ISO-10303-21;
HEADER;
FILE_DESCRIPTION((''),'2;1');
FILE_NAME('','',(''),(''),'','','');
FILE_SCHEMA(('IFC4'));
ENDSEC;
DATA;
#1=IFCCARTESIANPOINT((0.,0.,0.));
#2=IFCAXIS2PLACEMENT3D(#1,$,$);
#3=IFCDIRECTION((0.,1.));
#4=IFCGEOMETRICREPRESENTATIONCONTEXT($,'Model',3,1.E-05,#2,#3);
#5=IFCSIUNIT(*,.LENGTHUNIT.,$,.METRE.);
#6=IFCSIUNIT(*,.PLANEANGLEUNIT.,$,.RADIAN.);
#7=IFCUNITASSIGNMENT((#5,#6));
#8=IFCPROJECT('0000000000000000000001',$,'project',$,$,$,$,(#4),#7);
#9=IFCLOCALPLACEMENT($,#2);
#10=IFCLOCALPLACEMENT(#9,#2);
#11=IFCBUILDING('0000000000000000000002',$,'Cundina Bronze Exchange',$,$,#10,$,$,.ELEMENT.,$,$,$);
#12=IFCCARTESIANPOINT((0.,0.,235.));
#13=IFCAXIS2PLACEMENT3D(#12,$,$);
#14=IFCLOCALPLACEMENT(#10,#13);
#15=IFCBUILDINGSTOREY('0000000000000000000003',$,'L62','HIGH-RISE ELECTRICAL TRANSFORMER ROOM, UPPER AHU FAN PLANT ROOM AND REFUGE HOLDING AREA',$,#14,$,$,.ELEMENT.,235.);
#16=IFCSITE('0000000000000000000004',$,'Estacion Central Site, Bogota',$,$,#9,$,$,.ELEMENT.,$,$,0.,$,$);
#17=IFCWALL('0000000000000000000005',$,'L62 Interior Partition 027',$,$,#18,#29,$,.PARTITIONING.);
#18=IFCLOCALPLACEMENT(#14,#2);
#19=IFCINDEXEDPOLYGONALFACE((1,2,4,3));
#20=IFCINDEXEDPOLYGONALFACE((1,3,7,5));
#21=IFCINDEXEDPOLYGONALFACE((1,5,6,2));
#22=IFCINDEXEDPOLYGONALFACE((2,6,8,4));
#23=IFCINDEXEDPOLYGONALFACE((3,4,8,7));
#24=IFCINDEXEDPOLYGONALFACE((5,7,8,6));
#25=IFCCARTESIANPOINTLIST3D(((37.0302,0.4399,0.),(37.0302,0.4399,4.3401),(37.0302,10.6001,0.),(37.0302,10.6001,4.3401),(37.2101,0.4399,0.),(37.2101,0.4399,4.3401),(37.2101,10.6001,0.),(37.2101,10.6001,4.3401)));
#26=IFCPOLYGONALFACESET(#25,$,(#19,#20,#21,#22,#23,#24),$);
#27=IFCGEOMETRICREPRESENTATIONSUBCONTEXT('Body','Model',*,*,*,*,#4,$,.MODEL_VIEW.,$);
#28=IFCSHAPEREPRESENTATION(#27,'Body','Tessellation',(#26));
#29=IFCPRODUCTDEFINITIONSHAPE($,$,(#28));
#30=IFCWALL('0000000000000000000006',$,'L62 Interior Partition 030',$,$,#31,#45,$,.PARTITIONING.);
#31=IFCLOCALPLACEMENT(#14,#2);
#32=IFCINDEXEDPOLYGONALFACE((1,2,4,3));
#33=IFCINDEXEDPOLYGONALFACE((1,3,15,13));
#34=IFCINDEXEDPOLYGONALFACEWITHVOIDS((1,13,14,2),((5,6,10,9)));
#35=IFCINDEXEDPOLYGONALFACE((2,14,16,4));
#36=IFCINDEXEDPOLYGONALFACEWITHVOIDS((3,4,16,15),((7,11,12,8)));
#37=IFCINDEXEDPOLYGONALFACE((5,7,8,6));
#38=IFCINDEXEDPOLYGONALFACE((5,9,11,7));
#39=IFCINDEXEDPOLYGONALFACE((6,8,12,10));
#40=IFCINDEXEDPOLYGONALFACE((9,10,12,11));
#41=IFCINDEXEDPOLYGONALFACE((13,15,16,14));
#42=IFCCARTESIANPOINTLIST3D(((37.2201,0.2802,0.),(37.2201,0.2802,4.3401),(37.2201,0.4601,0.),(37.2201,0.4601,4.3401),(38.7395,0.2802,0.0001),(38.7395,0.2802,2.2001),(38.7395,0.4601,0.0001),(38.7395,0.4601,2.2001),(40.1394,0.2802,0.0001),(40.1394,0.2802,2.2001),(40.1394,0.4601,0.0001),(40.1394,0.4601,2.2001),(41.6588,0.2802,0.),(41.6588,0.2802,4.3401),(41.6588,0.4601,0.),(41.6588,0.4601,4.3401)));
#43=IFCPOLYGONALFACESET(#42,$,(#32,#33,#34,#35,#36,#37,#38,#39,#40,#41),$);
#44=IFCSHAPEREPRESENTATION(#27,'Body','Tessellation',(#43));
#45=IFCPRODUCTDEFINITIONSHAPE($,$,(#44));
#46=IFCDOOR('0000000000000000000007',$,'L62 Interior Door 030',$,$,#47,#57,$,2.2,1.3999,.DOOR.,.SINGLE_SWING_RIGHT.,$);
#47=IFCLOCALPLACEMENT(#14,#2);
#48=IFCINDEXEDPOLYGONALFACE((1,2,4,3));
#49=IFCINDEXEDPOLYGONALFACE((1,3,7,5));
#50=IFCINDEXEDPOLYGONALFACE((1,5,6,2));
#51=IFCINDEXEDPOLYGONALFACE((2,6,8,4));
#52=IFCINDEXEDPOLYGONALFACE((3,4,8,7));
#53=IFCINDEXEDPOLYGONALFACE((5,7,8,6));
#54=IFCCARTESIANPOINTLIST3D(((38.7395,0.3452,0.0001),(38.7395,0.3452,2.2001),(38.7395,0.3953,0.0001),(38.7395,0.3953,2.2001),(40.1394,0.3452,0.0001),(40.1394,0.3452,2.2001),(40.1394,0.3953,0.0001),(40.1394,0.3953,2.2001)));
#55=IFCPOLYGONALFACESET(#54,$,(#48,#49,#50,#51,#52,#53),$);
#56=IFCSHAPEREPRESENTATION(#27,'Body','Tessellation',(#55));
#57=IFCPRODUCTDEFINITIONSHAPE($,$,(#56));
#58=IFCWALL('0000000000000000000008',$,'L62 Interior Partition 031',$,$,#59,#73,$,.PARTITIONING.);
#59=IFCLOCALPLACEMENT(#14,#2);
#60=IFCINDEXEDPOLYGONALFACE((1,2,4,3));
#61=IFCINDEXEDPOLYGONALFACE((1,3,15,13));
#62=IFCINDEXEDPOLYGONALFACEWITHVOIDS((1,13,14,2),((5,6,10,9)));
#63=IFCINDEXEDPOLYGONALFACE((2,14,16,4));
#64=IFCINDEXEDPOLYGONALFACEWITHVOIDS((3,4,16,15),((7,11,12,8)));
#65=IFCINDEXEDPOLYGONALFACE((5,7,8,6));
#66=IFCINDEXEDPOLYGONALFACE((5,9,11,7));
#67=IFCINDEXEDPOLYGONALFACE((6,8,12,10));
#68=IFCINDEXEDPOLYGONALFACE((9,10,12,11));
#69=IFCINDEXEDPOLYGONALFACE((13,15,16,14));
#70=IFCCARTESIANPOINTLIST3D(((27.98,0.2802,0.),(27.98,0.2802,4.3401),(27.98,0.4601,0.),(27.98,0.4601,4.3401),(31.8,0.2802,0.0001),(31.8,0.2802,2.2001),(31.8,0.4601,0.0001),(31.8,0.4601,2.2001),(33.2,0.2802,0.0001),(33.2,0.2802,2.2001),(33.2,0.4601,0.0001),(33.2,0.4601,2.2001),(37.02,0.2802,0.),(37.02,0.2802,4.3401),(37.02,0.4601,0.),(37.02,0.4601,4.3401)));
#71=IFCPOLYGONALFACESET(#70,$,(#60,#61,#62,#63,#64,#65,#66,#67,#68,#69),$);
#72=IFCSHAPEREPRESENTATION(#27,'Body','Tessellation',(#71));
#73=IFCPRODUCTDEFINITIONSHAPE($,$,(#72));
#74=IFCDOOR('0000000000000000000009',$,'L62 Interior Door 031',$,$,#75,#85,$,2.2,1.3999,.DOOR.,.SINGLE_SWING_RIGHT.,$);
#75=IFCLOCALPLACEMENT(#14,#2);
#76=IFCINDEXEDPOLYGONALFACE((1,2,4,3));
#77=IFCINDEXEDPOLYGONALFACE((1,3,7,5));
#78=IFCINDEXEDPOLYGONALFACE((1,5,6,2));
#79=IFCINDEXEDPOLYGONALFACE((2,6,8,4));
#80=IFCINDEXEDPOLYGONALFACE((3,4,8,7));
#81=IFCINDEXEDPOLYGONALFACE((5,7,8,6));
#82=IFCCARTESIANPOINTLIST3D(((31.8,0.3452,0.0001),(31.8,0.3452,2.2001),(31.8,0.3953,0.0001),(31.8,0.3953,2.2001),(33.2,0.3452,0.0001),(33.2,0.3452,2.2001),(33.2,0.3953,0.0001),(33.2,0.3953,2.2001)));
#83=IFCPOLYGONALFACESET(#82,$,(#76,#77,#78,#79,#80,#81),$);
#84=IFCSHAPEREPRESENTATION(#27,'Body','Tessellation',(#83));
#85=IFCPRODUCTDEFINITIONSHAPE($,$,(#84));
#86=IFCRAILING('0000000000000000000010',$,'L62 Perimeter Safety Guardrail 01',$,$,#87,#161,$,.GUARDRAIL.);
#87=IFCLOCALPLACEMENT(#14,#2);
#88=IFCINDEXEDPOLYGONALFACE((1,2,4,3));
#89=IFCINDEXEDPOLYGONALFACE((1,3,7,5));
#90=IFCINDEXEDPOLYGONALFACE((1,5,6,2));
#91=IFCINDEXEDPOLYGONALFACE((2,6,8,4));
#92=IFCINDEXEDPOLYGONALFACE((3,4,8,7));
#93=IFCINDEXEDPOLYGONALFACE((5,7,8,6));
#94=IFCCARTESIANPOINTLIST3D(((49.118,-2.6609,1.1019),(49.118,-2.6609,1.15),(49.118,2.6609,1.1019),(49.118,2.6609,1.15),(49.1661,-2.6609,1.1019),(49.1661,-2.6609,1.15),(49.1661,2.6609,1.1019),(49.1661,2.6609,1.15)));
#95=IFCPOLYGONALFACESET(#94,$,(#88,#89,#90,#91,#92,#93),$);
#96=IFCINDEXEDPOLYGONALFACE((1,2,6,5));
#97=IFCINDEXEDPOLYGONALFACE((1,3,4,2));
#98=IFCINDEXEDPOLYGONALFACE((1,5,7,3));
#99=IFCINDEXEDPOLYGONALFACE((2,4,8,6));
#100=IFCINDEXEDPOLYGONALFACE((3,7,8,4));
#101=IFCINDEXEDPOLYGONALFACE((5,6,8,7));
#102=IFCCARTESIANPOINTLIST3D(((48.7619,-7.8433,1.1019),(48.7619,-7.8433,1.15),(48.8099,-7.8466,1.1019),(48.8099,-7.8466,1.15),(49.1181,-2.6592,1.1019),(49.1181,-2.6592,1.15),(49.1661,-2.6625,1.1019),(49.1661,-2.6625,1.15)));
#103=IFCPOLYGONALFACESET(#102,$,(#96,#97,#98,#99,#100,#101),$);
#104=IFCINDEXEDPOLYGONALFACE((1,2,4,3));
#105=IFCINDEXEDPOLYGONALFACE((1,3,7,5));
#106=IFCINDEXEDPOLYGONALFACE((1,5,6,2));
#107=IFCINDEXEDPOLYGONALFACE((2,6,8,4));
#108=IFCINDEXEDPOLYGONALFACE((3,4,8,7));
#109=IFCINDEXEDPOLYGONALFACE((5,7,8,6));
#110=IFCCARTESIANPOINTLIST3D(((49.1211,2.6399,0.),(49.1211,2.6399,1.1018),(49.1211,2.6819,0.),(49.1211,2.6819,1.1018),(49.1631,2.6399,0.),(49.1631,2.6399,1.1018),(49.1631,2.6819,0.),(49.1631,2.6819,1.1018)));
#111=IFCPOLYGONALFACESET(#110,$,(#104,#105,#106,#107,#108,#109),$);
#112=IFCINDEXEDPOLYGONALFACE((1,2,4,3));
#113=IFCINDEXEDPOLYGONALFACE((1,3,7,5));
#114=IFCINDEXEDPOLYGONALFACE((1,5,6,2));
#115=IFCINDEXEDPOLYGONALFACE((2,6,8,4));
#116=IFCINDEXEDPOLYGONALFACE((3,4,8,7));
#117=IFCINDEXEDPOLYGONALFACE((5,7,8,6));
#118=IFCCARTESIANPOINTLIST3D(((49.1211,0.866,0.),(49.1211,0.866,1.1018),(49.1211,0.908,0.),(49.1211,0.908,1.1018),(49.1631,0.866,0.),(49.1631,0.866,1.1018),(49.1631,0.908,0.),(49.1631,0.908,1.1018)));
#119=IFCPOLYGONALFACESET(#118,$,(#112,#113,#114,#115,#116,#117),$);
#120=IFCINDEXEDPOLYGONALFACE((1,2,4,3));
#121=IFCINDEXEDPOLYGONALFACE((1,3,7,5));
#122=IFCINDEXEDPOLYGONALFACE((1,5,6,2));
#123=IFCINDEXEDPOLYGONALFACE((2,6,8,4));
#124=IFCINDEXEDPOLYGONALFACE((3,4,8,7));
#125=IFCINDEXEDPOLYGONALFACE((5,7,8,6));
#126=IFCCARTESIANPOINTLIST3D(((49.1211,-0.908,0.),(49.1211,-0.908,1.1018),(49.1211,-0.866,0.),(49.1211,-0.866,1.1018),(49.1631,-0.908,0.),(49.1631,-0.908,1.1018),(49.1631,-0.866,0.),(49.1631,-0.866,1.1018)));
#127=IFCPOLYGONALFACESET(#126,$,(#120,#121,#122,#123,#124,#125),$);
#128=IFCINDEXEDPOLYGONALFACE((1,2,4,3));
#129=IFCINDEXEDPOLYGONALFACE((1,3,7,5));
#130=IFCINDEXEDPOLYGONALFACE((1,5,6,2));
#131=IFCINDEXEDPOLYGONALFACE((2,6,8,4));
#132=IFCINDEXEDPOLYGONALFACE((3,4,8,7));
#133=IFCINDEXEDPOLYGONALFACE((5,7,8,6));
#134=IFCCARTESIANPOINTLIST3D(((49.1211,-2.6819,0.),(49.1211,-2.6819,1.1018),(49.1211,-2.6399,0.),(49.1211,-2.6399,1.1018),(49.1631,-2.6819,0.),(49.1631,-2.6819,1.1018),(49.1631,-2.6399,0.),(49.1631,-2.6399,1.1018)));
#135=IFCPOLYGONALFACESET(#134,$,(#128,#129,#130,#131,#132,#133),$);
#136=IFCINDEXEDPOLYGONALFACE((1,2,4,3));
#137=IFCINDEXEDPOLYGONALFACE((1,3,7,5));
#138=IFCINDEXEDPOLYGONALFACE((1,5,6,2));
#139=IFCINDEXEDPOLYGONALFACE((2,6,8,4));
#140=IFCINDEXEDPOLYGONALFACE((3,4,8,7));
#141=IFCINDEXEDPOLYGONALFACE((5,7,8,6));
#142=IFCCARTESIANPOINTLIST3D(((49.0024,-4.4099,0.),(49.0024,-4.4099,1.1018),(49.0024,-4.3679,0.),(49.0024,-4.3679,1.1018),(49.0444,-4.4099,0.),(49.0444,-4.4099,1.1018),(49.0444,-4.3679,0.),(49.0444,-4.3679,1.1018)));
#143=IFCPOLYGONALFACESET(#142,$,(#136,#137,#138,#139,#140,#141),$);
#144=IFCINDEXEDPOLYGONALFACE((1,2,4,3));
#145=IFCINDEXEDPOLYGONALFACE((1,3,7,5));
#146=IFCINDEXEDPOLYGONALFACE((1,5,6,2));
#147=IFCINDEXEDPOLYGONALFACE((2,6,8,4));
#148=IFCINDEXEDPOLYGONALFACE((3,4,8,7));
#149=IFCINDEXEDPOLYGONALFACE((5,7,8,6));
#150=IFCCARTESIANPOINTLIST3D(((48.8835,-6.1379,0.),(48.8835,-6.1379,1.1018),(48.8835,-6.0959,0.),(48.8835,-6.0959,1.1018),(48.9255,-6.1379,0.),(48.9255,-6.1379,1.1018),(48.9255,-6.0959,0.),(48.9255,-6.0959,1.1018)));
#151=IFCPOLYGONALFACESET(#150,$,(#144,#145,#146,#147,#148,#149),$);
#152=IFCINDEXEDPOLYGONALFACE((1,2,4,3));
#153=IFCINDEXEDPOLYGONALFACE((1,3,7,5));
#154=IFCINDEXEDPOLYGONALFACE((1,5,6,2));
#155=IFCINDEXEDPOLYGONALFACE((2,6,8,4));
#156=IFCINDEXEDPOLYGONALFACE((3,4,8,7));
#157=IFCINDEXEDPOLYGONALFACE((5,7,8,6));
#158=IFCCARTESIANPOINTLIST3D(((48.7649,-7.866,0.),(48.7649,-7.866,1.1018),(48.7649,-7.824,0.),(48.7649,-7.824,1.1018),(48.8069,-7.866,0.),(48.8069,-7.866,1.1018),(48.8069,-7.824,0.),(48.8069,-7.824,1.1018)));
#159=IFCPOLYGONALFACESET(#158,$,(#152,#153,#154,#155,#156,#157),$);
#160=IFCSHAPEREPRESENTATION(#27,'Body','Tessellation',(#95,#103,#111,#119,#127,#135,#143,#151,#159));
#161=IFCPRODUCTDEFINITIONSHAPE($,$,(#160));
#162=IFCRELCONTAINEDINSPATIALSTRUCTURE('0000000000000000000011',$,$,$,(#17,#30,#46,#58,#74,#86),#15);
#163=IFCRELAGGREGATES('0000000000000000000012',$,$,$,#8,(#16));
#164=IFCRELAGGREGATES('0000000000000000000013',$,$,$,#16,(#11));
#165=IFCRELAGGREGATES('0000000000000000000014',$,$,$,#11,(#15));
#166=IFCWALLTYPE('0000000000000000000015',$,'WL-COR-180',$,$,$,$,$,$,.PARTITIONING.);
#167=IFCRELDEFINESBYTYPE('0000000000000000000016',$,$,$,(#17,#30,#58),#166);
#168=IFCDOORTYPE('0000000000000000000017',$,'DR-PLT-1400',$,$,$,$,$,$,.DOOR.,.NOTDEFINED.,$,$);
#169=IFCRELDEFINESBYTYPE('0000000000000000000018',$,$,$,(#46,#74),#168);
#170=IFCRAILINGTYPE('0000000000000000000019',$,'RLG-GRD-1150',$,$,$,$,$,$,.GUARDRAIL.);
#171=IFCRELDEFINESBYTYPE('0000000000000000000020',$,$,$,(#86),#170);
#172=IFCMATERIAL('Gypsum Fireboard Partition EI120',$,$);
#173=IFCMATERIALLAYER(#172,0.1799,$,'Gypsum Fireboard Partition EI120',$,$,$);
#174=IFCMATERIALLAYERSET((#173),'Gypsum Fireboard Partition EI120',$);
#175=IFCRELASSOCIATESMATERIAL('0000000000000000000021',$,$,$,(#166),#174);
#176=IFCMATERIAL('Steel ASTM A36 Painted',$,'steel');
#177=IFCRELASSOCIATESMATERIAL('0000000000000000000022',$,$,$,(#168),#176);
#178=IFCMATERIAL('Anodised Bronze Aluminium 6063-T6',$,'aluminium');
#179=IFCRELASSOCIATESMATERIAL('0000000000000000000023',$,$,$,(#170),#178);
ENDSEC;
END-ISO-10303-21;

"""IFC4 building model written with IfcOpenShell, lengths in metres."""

from ifc_helpers import new_model, si_unit, direction, frame, frame_2d, origin, origin_2d, place, context, subcontext, project, spatial, rectangle, extrude, material, layer, layer_set, type_object, element, fill, save


model = new_model("IFC4")

# Units and contexts
model_context = context("Model", 3, precision=1e-05, world=origin(), true_north=direction((0.0, 1.0)))
body_context = subcontext(model_context, "Body", "Model", "MODEL_VIEW")
ifc_project = project(units=[si_unit("LENGTHUNIT", "METRE"), si_unit("PLANEANGLEUNIT", "RADIAN")], contexts=[model_context])

# Site, building, storey
site_placement = place(None, origin())
site = spatial("IfcSite", under=ifc_project, at=site_placement, Name="Estacion Central Site, Bogota", CompositionType="ELEMENT", RefElevation=0.0)
building_placement = place(site_placement, origin())
building = spatial("IfcBuilding", under=site, at=building_placement, Name="Cundina Bronze Exchange", CompositionType="ELEMENT")
storey_placement = place(building_placement, frame((0.0, 0.0, 235.0)))
storey = spatial("IfcBuildingStorey", under=building, at=storey_placement, Name="L62", Description="HIGH-RISE ELECTRICAL TRANSFORMER ROOM, UPPER AHU FAN PLANT ROOM AND REFUGE HOLDING AREA", CompositionType="ELEMENT", Elevation=235.0)

# Wall
ifc_material_1 = material(Name="Gypsum Fireboard Partition EI120")
ifc_layer_1 = layer(ifc_material_1, 0.1799, Name="Gypsum Fireboard Partition EI120")
ifc_layer_set_1 = layer_set([ifc_layer_1], Name="Gypsum Fireboard Partition EI120")
wall_type = type_object("IfcWallType", Name="WL-COR-180", PredefinedType="PARTITIONING", material=ifc_layer_set_1)
wall_1_placement = place(storey_placement, frame((37.1201, 0.4399, 0.0), z_axis=(0.0, 0.0, 1.0), x_axis=(0.0, 1.0, 0.0)))
element("IfcWall", 1, at=wall_1_placement, inside=storey, type_object=wall_type, Name="L62 Interior Partition 027", PredefinedType="PARTITIONING", context=body_context, shape_type="SweptSolid", body=[
    extrude(rectangle(XDim=10.1602, YDim=0.1799, at=frame_2d((5.0801, 0.0))), origin(), (0.0, 0.0, 1.0), 4.3401),
])

# Walls, openings, doors
wall_2_placement = place(storey_placement, frame((41.6587, 0.3701, 0.0), z_axis=(0.0, 0.0, 1.0), x_axis=(-1.0, 0.0, 0.0)))
wall_2 = element("IfcWall", 2, at=wall_2_placement, inside=storey, type_object=wall_type, Name="L62 Interior Partition 030", PredefinedType="PARTITIONING", context=body_context, shape_type="SweptSolid", body=[
    extrude(rectangle(XDim=4.4387, YDim=0.1799, at=frame_2d((2.2192, 0.0))), origin(), (0.0, 0.0, 1.0), 4.3401),
])
opening_1_placement = place(wall_2_placement, frame((1.5193, 0.0, 0.0)))
opening_1 = element("IfcOpeningElement", 3, at=opening_1_placement, cuts=wall_2, PredefinedType="OPENING", context=body_context, shape_type="SweptSolid", body=[
    extrude(rectangle(XDim=1.3999, YDim=2.2, at=frame_2d((0.7, 1.1001))), frame((0.0, 0.0999, 0.0), z_axis=(0.0, -1.0, 0.0), x_axis=(1.0, 0.0, 0.0)), (0.0, 0.0, 1.0), 0.2),
])
ifc_material_2 = material(Name="Steel ASTM A36 Painted", Category="steel")
door_type = type_object("IfcDoorType", Name="DR-PLT-1400", OperationType="NOTDEFINED", PredefinedType="DOOR", material=ifc_material_2)
door_1_placement = place(opening_1_placement, origin())
door_1 = element("IfcDoor", 4, at=door_1_placement, inside=storey, type_object=door_type, Name="L62 Interior Door 030", OperationType="SINGLE_SWING_RIGHT", OverallHeight=2.2, OverallWidth=1.3999, PredefinedType="DOOR", context=body_context, shape_type="SweptSolid", body=[
    extrude(rectangle(XDim=1.3999, YDim=2.2, at=frame_2d((0.7, 1.1001))), frame((0.0, 0.0249, 0.0), z_axis=(0.0, -1.0, 0.0), x_axis=(1.0, 0.0, 0.0)), (0.0, 0.0, 1.0), 0.05),
])
fill(opening_1, door_1)
wall_3_placement = place(storey_placement, frame((37.02, 0.3701, 0.0), z_axis=(0.0, 0.0, 1.0), x_axis=(-1.0, 0.0, 0.0)))
wall_3 = element("IfcWall", 5, at=wall_3_placement, inside=storey, type_object=wall_type, Name="L62 Interior Partition 031", PredefinedType="PARTITIONING", context=body_context, shape_type="SweptSolid", body=[
    extrude(rectangle(XDim=9.04, YDim=0.1799, at=frame_2d((4.52, 0.0))), origin(), (0.0, 0.0, 1.0), 4.3401),
])
opening_2_placement = place(wall_3_placement, frame((3.8201, 0.0, 0.0)))
opening_2 = element("IfcOpeningElement", 6, at=opening_2_placement, cuts=wall_3, PredefinedType="OPENING", context=body_context, shape_type="SweptSolid", body=[
    extrude(rectangle(XDim=1.3999, YDim=2.2, at=frame_2d((0.7, 1.1001))), frame((0.0, 0.0999, 0.0), z_axis=(0.0, -1.0, 0.0), x_axis=(1.0, 0.0, 0.0)), (0.0, 0.0, 1.0), 0.2),
])
door_2_placement = place(opening_2_placement, origin())
door_2 = element("IfcDoor", 7, at=door_2_placement, inside=storey, type_object=door_type, Name="L62 Interior Door 031", OperationType="SINGLE_SWING_RIGHT", OverallHeight=2.2, OverallWidth=1.3999, PredefinedType="DOOR", context=body_context, shape_type="SweptSolid", body=[
    extrude(rectangle(XDim=1.3999, YDim=2.2, at=frame_2d((0.7, 1.1001))), frame((0.0, 0.0249, 0.0), z_axis=(0.0, -1.0, 0.0), x_axis=(1.0, 0.0, 0.0)), (0.0, 0.0, 1.0), 0.05),
])
fill(opening_2, door_2)

# Railing
ifc_material_3 = material(Name="Anodised Bronze Aluminium 6063-T6", Category="aluminium")
railing_type = type_object("IfcRailingType", Name="RLG-GRD-1150", PredefinedType="GUARDRAIL", material=ifc_material_3)
railing_placement = place(storey_placement, frame((49.1421, 2.6609, 0.0)))
element("IfcRailing", 8, at=railing_placement, inside=storey, type_object=railing_type, Name="L62 Perimeter Safety Guardrail 01", PredefinedType="GUARDRAIL", context=body_context, shape_type="SweptSolid", body=[
    extrude(rectangle(XDim=0.0481, YDim=0.0481, at=origin_2d()), frame((0.0, 0.0, 1.126), z_axis=(0.0, -1.0, 0.0), x_axis=(1.0, 0.0, 0.0)), (0.0, 0.0, 1.0), 5.3218),
    extrude(rectangle(XDim=0.0481, YDim=0.0481, at=origin_2d()), frame((0.0, -5.3218, 1.126), z_axis=(-0.068549, -0.997648, 0.0), x_axis=(0.997648, -0.068549, 0.0)), (0.0, 0.0, 1.0), 5.1963),
    extrude(rectangle(XDim=0.042, YDim=0.042, at=origin_2d()), origin(), (0.0, 0.0, 1.0), 1.1018),
    extrude(rectangle(XDim=0.042, YDim=0.042, at=origin_2d()), frame((0.0, -1.7739, 0.0)), (0.0, 0.0, 1.0), 1.1018),
    extrude(rectangle(XDim=0.042, YDim=0.042, at=origin_2d()), frame((0.0, -3.5479, 0.0)), (0.0, 0.0, 1.0), 1.1018),
    extrude(rectangle(XDim=0.042, YDim=0.042, at=origin_2d()), frame((0.0, -5.3218, 0.0)), (0.0, 0.0, 1.0), 1.1018),
    extrude(rectangle(XDim=0.042, YDim=0.042, at=origin_2d()), frame((-0.1187, -7.0498, 0.0)), (0.0, 0.0, 1.0), 1.1018),
    extrude(rectangle(XDim=0.042, YDim=0.042, at=origin_2d()), frame((-0.2375, -8.7778, 0.0)), (0.0, 0.0, 1.0), 1.1018),
    extrude(rectangle(XDim=0.042, YDim=0.042, at=origin_2d()), frame((-0.3562, -10.5059, 0.0)), (0.0, 0.0, 1.0), 1.1018),
])

save(model, "model.ifc")
